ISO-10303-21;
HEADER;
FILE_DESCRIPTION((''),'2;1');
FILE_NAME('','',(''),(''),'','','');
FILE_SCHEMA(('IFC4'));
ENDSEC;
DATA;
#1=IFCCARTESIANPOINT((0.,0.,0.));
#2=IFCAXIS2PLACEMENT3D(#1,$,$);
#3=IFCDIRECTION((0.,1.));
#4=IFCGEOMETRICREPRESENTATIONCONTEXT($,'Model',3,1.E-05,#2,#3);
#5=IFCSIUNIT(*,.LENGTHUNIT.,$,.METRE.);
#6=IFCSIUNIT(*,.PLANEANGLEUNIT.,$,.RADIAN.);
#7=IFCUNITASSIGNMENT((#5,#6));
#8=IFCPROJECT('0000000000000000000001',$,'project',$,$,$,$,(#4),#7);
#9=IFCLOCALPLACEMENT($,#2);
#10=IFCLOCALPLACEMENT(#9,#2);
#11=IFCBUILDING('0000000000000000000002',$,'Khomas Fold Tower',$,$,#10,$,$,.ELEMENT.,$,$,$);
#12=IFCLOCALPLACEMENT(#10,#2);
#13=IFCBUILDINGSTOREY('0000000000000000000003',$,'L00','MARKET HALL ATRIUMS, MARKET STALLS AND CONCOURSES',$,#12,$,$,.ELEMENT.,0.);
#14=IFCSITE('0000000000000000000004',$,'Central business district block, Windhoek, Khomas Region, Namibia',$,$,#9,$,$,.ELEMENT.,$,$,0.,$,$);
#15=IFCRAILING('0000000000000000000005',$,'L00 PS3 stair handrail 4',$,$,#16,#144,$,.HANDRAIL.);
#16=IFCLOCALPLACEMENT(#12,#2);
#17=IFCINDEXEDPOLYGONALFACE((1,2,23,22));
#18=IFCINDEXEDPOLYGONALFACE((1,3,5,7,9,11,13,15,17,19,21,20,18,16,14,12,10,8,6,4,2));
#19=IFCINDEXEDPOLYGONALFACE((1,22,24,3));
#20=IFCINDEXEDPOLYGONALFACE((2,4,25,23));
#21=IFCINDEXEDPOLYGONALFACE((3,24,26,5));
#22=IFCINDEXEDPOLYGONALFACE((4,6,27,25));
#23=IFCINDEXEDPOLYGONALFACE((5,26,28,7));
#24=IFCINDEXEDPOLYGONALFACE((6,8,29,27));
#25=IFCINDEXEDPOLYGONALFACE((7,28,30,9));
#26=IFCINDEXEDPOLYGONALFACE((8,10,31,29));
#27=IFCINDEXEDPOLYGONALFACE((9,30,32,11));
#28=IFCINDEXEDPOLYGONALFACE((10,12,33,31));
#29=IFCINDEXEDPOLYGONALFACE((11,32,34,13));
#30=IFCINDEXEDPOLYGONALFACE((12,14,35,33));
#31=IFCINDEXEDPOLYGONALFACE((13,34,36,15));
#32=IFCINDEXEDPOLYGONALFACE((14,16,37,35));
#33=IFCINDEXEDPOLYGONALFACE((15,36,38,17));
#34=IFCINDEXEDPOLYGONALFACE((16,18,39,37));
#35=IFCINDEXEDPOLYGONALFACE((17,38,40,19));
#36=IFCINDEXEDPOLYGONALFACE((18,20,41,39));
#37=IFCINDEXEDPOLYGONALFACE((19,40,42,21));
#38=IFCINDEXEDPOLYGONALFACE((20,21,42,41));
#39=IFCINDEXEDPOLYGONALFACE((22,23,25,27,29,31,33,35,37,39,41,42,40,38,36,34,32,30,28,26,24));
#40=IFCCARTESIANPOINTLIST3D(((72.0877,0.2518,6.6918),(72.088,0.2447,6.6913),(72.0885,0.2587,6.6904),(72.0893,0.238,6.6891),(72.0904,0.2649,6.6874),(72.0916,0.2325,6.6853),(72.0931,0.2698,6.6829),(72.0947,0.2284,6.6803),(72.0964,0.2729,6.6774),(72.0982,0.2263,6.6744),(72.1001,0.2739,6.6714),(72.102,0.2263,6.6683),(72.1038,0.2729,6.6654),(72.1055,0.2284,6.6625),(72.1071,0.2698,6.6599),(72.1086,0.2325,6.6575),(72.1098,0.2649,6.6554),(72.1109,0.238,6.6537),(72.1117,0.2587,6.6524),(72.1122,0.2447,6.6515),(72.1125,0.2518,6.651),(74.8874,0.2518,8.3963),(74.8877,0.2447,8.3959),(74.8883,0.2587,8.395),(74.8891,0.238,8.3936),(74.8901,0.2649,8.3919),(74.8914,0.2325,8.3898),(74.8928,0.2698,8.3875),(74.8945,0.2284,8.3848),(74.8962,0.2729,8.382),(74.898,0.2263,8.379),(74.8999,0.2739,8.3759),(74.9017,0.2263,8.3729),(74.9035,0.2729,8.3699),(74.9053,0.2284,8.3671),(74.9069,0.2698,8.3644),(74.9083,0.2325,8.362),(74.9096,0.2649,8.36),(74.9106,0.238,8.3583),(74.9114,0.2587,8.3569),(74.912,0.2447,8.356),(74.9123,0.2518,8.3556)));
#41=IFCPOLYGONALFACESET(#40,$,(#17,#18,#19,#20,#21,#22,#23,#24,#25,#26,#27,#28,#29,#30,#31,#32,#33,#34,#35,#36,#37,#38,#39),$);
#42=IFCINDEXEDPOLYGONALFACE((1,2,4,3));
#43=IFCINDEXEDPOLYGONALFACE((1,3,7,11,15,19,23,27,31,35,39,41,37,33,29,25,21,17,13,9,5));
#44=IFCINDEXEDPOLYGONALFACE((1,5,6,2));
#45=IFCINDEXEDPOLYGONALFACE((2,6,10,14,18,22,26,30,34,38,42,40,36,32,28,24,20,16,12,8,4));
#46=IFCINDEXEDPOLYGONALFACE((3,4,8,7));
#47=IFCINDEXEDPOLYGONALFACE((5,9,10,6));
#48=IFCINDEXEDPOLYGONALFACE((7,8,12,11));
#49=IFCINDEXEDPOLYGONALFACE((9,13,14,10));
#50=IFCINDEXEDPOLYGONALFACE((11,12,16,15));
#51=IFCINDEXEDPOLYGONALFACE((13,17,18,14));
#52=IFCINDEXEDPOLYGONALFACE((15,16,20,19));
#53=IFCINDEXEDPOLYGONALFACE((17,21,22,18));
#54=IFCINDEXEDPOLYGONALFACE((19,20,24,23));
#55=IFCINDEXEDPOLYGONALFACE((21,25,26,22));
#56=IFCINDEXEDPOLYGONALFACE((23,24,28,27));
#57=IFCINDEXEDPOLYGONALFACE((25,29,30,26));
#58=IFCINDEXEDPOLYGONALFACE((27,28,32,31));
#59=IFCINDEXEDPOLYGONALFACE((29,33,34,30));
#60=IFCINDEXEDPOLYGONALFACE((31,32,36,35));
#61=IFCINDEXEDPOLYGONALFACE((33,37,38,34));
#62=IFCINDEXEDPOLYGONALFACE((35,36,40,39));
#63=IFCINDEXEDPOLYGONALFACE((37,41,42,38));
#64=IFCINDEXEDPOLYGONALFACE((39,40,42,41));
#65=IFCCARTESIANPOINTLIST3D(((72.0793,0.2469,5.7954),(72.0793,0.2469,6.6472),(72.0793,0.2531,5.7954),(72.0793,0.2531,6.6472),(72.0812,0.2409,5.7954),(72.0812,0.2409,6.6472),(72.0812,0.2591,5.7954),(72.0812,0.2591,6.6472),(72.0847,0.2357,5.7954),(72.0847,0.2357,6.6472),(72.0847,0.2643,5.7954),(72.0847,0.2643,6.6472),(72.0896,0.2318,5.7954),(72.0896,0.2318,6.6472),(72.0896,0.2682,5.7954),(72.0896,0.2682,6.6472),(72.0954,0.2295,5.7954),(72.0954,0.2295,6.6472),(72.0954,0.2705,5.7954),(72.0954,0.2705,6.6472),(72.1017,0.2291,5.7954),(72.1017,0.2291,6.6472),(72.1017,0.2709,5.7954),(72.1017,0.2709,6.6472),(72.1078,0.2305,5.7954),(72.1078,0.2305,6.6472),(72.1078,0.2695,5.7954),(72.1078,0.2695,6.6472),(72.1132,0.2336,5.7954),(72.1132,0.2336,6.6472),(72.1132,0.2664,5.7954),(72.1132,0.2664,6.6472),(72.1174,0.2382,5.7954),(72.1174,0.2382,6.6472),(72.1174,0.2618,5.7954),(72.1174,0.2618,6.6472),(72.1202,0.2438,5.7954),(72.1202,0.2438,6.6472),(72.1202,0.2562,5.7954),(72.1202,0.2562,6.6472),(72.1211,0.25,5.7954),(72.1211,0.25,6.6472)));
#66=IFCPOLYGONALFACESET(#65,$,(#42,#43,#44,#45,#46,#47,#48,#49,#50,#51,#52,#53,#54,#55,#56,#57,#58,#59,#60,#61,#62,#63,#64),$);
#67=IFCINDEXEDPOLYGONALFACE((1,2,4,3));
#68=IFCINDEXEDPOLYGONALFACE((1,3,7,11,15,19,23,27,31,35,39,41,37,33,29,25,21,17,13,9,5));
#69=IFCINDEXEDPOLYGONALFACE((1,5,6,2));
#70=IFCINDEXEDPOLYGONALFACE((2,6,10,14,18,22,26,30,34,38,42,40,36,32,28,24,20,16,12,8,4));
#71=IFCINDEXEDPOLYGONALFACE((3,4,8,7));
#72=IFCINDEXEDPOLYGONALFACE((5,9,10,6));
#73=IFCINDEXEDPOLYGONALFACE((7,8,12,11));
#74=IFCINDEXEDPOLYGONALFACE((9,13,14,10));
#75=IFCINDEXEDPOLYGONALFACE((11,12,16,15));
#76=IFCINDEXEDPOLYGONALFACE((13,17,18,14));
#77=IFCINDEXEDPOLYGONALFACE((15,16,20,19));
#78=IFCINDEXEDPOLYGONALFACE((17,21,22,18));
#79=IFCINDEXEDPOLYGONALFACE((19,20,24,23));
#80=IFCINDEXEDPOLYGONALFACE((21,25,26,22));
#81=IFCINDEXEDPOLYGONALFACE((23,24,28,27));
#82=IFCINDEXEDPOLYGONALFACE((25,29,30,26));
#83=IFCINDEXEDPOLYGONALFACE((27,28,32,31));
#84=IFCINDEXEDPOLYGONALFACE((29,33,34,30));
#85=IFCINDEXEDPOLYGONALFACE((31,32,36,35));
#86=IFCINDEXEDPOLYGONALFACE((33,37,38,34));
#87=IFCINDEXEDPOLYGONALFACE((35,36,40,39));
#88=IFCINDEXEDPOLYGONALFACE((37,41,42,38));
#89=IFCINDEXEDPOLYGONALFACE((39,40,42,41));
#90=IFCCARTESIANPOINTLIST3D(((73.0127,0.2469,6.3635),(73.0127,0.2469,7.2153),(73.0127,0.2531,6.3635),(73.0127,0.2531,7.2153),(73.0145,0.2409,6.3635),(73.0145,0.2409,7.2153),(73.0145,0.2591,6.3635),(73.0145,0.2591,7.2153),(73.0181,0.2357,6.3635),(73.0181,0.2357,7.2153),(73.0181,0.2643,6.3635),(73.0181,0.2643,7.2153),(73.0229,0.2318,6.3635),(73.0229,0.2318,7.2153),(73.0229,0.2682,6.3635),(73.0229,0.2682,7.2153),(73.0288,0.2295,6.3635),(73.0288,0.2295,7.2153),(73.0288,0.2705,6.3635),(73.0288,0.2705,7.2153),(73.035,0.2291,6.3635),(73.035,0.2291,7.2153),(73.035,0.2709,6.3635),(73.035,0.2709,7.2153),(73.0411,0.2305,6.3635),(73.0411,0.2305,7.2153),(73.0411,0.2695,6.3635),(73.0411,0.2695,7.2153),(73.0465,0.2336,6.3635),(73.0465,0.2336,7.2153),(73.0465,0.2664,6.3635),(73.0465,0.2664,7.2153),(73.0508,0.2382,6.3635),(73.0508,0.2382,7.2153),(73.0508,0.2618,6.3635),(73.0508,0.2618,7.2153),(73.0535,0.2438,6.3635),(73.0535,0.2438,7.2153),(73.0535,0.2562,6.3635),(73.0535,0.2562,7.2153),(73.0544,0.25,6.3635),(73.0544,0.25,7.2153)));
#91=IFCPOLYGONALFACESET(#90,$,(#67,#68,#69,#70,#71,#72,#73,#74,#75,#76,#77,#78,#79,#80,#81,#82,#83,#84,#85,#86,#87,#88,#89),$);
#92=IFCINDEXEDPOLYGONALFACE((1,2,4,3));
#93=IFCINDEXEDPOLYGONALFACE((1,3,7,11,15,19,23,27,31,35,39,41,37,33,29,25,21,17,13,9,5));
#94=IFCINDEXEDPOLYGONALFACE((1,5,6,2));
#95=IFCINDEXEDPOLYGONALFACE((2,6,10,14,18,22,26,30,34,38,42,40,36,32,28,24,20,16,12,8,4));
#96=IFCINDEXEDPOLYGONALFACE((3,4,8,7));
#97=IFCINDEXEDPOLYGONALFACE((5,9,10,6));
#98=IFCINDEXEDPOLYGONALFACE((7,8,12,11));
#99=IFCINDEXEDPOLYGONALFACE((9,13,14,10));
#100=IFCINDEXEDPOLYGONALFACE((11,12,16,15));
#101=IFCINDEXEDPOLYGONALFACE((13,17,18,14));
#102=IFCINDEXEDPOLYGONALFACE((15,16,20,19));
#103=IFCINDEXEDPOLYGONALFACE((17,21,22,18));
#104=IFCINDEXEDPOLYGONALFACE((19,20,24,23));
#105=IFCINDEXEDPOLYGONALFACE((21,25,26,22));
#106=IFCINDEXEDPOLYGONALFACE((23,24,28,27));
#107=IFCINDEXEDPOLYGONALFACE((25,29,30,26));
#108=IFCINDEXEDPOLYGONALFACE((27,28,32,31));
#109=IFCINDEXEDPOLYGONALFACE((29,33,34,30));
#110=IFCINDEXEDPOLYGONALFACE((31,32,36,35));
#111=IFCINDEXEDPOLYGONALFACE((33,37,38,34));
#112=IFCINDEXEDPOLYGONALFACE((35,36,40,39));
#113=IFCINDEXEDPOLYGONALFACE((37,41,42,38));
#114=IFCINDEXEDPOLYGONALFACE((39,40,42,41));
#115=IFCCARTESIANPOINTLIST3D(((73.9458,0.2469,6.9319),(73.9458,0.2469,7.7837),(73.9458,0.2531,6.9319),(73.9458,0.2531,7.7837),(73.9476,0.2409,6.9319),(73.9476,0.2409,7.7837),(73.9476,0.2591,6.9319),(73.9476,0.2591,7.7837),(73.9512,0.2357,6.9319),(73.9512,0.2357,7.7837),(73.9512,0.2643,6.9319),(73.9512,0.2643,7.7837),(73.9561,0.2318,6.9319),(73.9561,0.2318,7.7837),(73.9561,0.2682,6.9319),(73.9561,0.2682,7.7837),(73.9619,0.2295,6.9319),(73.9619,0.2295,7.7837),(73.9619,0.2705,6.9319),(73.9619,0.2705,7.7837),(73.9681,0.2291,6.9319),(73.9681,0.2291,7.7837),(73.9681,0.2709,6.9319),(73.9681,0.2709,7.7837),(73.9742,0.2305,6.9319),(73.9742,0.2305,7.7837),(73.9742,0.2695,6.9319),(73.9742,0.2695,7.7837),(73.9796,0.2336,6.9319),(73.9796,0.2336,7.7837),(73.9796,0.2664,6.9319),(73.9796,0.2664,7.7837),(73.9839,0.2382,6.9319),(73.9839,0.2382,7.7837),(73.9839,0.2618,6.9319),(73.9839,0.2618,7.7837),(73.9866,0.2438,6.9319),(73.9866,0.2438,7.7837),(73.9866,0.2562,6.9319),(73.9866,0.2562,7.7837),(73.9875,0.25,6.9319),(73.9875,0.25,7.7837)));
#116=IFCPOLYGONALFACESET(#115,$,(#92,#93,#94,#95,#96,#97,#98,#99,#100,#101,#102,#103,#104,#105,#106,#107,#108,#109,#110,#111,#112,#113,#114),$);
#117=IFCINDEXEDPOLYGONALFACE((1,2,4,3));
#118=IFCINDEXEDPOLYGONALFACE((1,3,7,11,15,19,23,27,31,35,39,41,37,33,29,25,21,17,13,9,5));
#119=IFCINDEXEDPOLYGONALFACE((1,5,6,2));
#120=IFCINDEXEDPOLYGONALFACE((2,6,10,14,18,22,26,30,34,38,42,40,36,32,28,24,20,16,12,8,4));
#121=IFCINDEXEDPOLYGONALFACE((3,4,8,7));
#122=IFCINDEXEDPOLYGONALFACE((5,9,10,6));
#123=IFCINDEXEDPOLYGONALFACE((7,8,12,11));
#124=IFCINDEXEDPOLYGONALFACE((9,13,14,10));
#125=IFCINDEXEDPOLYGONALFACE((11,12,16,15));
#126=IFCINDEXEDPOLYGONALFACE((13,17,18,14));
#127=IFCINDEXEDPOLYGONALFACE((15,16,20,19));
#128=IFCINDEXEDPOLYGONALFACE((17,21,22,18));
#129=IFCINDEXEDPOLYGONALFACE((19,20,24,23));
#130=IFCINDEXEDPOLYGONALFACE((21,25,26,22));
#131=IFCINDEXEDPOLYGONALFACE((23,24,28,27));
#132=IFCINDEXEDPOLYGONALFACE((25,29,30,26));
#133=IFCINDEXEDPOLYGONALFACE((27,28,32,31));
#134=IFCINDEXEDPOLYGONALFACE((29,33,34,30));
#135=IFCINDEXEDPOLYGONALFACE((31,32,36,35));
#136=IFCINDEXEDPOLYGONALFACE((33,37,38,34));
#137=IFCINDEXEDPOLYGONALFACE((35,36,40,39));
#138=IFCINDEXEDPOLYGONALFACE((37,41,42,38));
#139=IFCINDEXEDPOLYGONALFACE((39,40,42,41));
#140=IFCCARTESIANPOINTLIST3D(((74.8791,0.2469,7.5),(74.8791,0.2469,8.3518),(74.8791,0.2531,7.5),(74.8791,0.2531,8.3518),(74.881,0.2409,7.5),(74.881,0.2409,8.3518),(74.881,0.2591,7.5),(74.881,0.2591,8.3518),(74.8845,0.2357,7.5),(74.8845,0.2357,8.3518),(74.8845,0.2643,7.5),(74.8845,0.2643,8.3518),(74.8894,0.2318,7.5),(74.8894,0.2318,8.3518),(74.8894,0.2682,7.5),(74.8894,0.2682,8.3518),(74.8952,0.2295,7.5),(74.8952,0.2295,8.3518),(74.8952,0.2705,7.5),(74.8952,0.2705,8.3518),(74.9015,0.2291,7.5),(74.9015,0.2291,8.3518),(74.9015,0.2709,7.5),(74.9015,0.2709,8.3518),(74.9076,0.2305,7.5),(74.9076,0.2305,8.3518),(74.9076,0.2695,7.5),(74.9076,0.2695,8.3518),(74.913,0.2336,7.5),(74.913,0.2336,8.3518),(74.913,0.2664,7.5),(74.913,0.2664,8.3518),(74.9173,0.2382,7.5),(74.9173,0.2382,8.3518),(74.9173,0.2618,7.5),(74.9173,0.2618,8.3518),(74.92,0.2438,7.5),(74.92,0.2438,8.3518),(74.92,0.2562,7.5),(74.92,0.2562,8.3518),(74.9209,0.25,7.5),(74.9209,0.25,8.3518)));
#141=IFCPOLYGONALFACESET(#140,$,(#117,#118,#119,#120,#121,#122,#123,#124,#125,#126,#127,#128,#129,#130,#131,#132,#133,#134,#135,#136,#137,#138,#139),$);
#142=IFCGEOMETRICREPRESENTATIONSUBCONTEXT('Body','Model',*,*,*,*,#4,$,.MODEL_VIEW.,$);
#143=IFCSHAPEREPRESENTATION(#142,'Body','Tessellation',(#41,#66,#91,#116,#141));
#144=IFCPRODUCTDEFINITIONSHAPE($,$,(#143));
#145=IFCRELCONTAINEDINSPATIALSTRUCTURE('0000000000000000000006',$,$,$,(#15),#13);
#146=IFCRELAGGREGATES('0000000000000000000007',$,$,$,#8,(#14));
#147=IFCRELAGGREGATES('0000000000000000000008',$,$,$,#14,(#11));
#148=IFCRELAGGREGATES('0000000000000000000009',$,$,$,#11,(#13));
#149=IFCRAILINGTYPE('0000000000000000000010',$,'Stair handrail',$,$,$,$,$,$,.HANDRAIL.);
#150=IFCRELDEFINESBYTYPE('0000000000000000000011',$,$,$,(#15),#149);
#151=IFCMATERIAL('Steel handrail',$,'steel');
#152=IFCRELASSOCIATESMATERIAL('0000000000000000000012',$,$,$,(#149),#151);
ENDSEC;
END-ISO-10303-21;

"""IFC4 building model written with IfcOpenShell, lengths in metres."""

from ifc_helpers import new_model, si_unit, direction, frame, origin, origin_2d, place, context, subcontext, project, spatial, circle, extrude, source, transform, mapped, material, type_object, element, save


model = new_model("IFC4")

# Units and contexts
model_context = context("Model", 3, precision=1e-05, world=origin(), true_north=direction((0.0, 1.0)))
body_context = subcontext(model_context, "Body", "Model", "MODEL_VIEW")
ifc_project = project(units=[si_unit("LENGTHUNIT", "METRE"), si_unit("PLANEANGLEUNIT", "RADIAN")], contexts=[model_context])

# Site, building, storey
site_placement = place(None, origin())
site = spatial("IfcSite", under=ifc_project, at=site_placement, Name="Central business district block, Windhoek, Khomas Region, Namibia", CompositionType="ELEMENT", RefElevation=0.0)
building_placement = place(site_placement, origin())
building = spatial("IfcBuilding", under=site, at=building_placement, Name="Khomas Fold Tower", CompositionType="ELEMENT")
storey_placement = place(building_placement, origin())
storey = spatial("IfcBuildingStorey", under=building, at=storey_placement, Name="L00", Description="MARKET HALL ATRIUMS, MARKET STALLS AND CONCOURSES", CompositionType="ELEMENT", Elevation=0.0)

# Railing
ifc_material_1 = material(Name="Steel handrail", Category="steel")
railing_type_1 = type_object("IfcRailingType", Name="Stair handrail", PredefinedType="HANDRAIL", material=ifc_material_1)
shared_shape_1 = source(origin(), body_context, "Body", "SweptSolid", [
    extrude(circle(Radius=0.0239, at=origin_2d()), frame((0.0, 0.0, 0.876), z_axis=(0.85415, 0.0, 0.520027), x_axis=(0.0, 1.0, 0.0)), (0.0, 0.0, 1.0), 3.2778),
    extrude(circle(Radius=0.021, at=origin_2d()), origin(), (0.0, 0.0, 1.0), 0.8518),
    extrude(circle(Radius=0.021, at=origin_2d()), frame((0.9333, 0.0, 0.5681)), (0.0, 0.0, 1.0), 0.8518),
    extrude(circle(Radius=0.021, at=origin_2d()), frame((1.8665, 0.0, 1.1365)), (0.0, 0.0, 1.0), 0.8518),
    extrude(circle(Radius=0.021, at=origin_2d()), frame((2.7998, 0.0, 1.7046)), (0.0, 0.0, 1.0), 0.8518),
])
for number, where, name in (
    (1, (72.1001, 0.25, 5.7954), "L00 PS3 stair handrail 4"),
):
    element("IfcRailing", number, at=place(storey_placement, frame(where)), inside=storey, type_object=railing_type_1, Name=name, PredefinedType="HANDRAIL", context=body_context, shape_type="MappedRepresentation", body=[
        mapped(shared_shape_1, transform((0.0, 0.0, 0.0))),
    ])

save(model, "model.ifc")
